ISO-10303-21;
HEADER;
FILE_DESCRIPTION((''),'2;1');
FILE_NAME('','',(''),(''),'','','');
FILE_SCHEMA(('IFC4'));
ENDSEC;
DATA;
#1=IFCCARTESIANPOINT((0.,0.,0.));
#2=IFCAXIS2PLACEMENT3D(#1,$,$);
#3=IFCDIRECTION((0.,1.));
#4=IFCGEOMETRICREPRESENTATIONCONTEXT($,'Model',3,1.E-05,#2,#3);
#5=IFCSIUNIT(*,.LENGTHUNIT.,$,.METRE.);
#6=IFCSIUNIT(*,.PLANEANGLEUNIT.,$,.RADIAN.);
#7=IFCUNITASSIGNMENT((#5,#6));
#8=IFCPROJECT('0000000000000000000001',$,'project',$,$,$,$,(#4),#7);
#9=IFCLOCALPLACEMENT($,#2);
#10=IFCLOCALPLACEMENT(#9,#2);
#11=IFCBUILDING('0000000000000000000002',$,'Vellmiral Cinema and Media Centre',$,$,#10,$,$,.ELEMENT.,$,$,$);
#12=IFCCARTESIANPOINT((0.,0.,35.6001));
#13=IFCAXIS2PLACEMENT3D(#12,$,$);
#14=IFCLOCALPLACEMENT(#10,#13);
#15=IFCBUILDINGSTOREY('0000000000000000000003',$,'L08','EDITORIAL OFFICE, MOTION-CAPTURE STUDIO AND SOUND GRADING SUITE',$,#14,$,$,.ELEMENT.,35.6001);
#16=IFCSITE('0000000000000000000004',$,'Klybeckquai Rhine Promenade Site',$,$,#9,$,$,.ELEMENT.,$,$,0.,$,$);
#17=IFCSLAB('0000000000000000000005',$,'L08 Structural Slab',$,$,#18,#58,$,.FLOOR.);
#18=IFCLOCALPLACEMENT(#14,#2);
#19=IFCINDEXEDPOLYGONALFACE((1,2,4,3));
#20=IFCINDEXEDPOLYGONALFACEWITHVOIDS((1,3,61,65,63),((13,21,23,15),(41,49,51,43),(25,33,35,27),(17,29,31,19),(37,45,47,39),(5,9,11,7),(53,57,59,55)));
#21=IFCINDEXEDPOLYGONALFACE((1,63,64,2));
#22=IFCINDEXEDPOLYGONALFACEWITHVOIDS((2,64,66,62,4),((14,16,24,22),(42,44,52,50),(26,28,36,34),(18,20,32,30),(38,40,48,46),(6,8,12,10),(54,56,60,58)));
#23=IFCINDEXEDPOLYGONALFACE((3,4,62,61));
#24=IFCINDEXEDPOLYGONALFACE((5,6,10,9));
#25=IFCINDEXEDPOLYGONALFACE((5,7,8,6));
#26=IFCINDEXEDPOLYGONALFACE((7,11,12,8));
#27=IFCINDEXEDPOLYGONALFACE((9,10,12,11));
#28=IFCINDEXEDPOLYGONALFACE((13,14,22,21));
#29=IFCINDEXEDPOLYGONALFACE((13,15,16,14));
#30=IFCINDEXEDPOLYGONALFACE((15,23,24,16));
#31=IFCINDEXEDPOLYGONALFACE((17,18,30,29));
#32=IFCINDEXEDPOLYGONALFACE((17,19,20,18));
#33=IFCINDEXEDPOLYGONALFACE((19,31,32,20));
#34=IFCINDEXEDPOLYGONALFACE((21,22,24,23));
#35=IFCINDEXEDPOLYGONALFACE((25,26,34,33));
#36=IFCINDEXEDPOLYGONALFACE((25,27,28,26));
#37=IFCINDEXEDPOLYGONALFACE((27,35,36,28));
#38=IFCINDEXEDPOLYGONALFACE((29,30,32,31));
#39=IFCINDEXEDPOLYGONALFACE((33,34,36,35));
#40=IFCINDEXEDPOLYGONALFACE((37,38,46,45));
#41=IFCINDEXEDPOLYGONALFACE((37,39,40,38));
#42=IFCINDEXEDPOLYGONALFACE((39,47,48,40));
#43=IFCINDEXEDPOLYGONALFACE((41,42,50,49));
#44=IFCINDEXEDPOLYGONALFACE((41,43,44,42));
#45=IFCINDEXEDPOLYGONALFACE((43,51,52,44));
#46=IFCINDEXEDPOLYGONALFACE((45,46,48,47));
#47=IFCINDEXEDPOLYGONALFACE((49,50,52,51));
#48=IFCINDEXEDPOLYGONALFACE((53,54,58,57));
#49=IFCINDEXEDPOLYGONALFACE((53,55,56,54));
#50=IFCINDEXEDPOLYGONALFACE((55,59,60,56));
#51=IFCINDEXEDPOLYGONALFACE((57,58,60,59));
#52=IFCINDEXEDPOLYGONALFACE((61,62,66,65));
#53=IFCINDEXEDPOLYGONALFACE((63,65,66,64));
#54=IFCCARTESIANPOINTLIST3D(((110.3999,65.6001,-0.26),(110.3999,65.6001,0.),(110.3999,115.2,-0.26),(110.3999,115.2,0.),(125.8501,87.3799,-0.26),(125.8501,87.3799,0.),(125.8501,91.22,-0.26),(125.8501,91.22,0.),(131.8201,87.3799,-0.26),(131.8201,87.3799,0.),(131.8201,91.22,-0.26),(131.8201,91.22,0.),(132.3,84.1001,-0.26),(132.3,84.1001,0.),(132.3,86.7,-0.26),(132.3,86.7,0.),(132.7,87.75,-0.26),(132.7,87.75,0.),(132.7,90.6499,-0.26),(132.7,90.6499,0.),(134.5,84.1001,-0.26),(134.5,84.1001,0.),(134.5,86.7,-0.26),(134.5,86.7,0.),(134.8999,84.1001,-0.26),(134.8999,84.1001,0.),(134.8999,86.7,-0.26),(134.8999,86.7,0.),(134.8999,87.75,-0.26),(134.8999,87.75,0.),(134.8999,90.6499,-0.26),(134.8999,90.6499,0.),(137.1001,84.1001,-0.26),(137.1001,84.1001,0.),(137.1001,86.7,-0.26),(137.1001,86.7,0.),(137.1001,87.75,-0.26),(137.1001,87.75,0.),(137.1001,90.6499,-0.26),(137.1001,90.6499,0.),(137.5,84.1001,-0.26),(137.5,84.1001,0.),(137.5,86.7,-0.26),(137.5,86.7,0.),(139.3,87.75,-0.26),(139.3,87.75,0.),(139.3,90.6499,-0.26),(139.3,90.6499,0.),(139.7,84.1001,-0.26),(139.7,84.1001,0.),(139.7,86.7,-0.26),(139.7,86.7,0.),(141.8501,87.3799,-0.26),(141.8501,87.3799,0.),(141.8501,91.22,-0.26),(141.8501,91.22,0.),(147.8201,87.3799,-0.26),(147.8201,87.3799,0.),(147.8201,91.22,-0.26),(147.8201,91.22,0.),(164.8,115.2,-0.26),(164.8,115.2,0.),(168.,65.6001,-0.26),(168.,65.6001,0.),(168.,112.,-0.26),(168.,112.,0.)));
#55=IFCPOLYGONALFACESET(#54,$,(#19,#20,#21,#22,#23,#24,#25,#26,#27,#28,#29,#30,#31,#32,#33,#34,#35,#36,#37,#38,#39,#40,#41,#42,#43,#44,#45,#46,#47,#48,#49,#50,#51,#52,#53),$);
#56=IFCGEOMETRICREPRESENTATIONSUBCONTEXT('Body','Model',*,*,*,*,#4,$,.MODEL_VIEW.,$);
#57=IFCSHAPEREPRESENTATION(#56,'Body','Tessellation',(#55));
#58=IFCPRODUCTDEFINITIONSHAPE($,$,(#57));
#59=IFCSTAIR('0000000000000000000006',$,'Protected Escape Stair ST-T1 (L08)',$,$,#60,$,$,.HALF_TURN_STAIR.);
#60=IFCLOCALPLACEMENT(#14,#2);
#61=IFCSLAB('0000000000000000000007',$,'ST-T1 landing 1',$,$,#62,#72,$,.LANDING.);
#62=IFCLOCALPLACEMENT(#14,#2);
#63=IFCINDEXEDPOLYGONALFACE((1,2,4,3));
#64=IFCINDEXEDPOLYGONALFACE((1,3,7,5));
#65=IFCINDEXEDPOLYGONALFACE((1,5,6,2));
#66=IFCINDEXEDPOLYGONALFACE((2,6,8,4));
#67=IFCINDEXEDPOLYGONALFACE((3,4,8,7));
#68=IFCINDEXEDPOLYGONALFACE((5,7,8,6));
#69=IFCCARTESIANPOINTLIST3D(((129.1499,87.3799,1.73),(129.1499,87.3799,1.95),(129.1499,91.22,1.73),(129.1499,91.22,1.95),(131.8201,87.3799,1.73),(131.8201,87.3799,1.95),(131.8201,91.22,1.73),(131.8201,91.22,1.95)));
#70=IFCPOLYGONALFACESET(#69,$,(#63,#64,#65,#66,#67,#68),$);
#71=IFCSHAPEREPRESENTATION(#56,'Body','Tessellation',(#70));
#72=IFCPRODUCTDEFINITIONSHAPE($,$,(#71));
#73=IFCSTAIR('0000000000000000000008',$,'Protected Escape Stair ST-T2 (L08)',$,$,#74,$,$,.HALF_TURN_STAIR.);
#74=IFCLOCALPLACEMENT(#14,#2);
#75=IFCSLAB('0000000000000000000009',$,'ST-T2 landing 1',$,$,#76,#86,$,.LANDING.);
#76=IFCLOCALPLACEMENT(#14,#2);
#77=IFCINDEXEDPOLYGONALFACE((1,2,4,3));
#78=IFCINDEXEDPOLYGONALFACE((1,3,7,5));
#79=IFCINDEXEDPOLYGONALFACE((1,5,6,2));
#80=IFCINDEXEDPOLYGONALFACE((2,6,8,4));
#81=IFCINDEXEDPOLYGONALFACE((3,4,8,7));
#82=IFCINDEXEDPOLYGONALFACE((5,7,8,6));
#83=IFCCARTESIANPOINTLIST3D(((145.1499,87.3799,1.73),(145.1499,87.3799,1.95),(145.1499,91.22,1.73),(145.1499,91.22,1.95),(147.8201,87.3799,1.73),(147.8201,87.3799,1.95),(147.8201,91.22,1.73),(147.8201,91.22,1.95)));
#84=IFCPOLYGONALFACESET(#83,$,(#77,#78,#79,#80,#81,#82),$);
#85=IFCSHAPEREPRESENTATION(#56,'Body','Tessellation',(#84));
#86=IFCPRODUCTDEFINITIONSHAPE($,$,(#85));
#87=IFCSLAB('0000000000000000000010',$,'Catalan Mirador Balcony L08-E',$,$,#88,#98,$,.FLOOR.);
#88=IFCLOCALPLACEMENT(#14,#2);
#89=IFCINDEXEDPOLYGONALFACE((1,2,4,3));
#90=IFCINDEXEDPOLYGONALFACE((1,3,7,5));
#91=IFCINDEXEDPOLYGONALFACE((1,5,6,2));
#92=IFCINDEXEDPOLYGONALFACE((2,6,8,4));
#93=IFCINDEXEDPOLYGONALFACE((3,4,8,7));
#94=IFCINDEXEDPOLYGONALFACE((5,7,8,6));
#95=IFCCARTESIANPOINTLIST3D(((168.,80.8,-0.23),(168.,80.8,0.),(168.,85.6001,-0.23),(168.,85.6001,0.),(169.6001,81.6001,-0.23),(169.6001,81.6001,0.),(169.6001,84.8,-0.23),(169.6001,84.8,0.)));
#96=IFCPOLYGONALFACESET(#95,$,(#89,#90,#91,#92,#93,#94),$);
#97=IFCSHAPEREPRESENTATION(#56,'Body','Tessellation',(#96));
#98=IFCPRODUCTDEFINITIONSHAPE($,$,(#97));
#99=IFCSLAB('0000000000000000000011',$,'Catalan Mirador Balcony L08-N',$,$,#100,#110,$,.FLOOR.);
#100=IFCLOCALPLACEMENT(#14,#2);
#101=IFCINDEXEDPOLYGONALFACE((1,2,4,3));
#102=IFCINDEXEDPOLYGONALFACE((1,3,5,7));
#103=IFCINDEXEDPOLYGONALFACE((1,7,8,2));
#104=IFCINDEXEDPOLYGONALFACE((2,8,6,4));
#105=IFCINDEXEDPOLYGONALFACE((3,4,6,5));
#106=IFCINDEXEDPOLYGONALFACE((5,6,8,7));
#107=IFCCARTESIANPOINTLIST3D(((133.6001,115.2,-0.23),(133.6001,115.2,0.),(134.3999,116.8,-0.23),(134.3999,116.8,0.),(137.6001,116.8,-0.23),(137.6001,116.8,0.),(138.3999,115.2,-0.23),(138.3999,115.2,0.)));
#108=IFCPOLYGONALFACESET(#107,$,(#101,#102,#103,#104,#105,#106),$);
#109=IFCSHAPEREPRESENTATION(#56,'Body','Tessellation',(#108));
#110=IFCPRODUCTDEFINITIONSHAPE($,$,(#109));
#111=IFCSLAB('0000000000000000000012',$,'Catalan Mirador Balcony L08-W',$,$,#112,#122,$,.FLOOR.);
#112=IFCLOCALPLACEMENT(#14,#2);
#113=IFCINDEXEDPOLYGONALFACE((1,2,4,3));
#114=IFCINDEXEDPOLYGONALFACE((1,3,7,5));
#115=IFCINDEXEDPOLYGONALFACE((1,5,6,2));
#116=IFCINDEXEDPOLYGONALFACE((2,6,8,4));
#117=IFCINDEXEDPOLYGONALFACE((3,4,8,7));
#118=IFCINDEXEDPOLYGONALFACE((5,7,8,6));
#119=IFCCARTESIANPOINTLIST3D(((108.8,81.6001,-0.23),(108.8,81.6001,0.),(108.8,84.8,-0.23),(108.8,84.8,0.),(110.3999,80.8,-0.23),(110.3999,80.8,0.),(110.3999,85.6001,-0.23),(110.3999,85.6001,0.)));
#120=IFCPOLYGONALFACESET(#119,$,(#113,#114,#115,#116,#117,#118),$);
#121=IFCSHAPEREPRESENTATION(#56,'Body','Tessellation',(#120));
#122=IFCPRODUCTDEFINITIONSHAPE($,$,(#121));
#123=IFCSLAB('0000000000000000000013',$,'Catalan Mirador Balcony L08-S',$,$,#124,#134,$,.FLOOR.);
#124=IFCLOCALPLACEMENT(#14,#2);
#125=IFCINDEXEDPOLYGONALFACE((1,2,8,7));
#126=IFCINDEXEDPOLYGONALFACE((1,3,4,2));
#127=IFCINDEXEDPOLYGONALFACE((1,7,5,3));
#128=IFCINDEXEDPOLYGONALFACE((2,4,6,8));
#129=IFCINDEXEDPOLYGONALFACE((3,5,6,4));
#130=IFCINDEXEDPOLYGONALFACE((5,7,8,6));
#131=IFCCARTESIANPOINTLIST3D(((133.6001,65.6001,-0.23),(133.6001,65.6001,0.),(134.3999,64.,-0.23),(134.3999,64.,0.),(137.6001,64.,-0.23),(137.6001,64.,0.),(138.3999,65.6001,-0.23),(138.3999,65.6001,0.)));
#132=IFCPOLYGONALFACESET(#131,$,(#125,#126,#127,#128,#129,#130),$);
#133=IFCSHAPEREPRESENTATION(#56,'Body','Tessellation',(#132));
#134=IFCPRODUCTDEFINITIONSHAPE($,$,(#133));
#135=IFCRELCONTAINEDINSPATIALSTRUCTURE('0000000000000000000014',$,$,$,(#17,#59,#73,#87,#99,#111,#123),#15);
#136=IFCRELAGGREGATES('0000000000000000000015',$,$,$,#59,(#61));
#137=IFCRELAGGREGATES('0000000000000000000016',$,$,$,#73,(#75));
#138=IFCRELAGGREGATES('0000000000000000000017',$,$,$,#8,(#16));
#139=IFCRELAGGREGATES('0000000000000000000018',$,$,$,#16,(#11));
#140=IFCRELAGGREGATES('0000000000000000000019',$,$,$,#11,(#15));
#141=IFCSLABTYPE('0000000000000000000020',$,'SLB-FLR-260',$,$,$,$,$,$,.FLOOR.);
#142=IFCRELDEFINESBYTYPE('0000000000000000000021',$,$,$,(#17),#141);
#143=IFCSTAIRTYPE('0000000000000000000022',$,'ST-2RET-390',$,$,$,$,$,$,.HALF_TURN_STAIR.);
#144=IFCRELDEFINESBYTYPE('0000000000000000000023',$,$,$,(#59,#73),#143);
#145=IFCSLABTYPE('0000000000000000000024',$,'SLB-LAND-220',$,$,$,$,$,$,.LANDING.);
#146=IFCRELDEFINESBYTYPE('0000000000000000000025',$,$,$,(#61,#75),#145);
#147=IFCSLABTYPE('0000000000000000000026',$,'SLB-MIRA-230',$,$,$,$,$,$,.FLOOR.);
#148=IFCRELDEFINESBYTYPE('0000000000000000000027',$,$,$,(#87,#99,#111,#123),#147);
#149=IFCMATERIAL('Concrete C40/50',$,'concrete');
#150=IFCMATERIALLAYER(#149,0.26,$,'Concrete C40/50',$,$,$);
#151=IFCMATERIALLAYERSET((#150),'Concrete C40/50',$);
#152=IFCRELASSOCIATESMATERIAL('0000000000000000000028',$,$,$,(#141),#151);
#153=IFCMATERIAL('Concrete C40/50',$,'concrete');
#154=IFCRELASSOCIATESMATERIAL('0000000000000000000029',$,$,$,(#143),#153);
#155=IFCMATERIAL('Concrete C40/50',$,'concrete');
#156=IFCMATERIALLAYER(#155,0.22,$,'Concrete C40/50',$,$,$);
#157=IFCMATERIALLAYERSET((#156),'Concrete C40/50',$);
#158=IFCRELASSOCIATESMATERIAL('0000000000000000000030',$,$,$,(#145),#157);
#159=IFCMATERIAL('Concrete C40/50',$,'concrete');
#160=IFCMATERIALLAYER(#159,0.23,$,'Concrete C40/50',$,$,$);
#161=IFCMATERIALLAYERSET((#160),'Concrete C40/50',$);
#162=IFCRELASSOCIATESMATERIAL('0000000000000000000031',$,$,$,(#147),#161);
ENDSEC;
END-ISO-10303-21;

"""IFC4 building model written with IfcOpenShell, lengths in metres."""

from ifc_helpers import new_model, si_unit, direction, frame, origin, place, context, subcontext, project, spatial, polyline, outline, extrude, material, layer, layer_set, type_object, element, aggregate, save


model = new_model("IFC4")

# Units and contexts
model_context = context("Model", 3, precision=1e-05, world=origin(), true_north=direction((0.0, 1.0)))
body_context = subcontext(model_context, "Body", "Model", "MODEL_VIEW")
ifc_project = project(units=[si_unit("LENGTHUNIT", "METRE"), si_unit("PLANEANGLEUNIT", "RADIAN")], contexts=[model_context])

# Site, building, storey
site_placement = place(None, origin())
site = spatial("IfcSite", under=ifc_project, at=site_placement, Name="Klybeckquai Rhine Promenade Site", CompositionType="ELEMENT", RefElevation=0.0)
building_placement = place(site_placement, origin())
building = spatial("IfcBuilding", under=site, at=building_placement, Name="Vellmiral Cinema and Media Centre", CompositionType="ELEMENT")
storey_placement = place(building_placement, frame((0.0, 0.0, 35.6001)))
storey = spatial("IfcBuildingStorey", under=building, at=storey_placement, Name="L08", Description="EDITORIAL OFFICE, MOTION-CAPTURE STUDIO AND SOUND GRADING SUITE", CompositionType="ELEMENT", Elevation=35.6001)

# Slab
ifc_material_1 = material(Name="Concrete C40/50", Category="concrete")
ifc_layer_1 = layer(ifc_material_1, 0.26, Name="Concrete C40/50")
ifc_layer_set_1 = layer_set([ifc_layer_1], Name="Concrete C40/50")
slab_type_1 = type_object("IfcSlabType", Name="SLB-FLR-260", PredefinedType="FLOOR", material=ifc_layer_set_1)
slab_1_placement = place(storey_placement, frame((0.0, 0.0, -0.26)))
element("IfcSlab", 1, at=slab_1_placement, inside=storey, type_object=slab_type_1, Name="L08 Structural Slab", PredefinedType="FLOOR", context=body_context, shape_type="SweptSolid", body=[
    extrude(outline(polyline([(110.3999, 65.6001), (168.0, 65.6001), (168.0, 112.0), (164.8, 115.2), (110.3999, 115.2), (110.3999, 65.6001)]), holes=[polyline([(125.8501, 87.3799), (131.8201, 87.3799), (131.8201, 91.22), (125.8501, 91.22), (125.8501, 87.3799)]), polyline([(141.8501, 87.3799), (147.8201, 87.3799), (147.8201, 91.22), (141.8501, 91.22), (141.8501, 87.3799)]), polyline([(132.7, 87.75), (134.8999, 87.75), (134.8999, 90.6499), (132.7, 90.6499), (132.7, 87.75)]), polyline([(137.1001, 87.75), (139.3, 87.75), (139.3, 90.6499), (137.1001, 90.6499), (137.1001, 87.75)]), polyline([(132.3, 84.1001), (134.5, 84.1001), (134.5, 86.7), (132.3, 86.7), (132.3, 84.1001)]), polyline([(134.8999, 84.1001), (137.1001, 84.1001), (137.1001, 86.7), (134.8999, 86.7), (134.8999, 84.1001)]), polyline([(137.5, 84.1001), (139.7, 84.1001), (139.7, 86.7), (137.5, 86.7), (137.5, 84.1001)])]), origin(), (0.0, 0.0, 1.0), 0.26),
])

# Stairs, slabs
ifc_material_2 = material(Name="Concrete C40/50", Category="concrete")
stair_type = type_object("IfcStairType", Name="ST-2RET-390", PredefinedType="HALF_TURN_STAIR", material=ifc_material_2)
stair_1_placement = place(storey_placement, origin())
stair_1 = element("IfcStair", 2, at=stair_1_placement, inside=storey, type_object=stair_type, Name="Protected Escape Stair ST-T1 (L08)", PredefinedType="HALF_TURN_STAIR")
ifc_material_3 = material(Name="Concrete C40/50", Category="concrete")
ifc_layer_2 = layer(ifc_material_3, 0.22, Name="Concrete C40/50")
ifc_layer_set_2 = layer_set([ifc_layer_2], Name="Concrete C40/50")
slab_type_2 = type_object("IfcSlabType", Name="SLB-LAND-220", PredefinedType="LANDING", material=ifc_layer_set_2)
slab_2_placement = place(storey_placement, frame((0.0, 0.0, 1.73)))
slab_2 = element("IfcSlab", 3, at=slab_2_placement, type_object=slab_type_2, Name="ST-T1 landing 1", PredefinedType="LANDING", context=body_context, shape_type="SweptSolid", body=[
    extrude(outline(polyline([(129.1499, 87.3799), (131.8201, 87.3799), (131.8201, 91.22), (129.1499, 91.22), (129.1499, 87.3799)])), origin(), (0.0, 0.0, 1.0), 0.22),
])
aggregate(stair_1, [slab_2])
stair_2_placement = place(storey_placement, origin())
stair_2 = element("IfcStair", 4, at=stair_2_placement, inside=storey, type_object=stair_type, Name="Protected Escape Stair ST-T2 (L08)", PredefinedType="HALF_TURN_STAIR")
slab_3_placement = place(storey_placement, frame((0.0, 0.0, 1.73)))
slab_3 = element("IfcSlab", 5, at=slab_3_placement, type_object=slab_type_2, Name="ST-T2 landing 1", PredefinedType="LANDING", context=body_context, shape_type="SweptSolid", body=[
    extrude(outline(polyline([(145.1499, 87.3799), (147.8201, 87.3799), (147.8201, 91.22), (145.1499, 91.22), (145.1499, 87.3799)])), origin(), (0.0, 0.0, 1.0), 0.22),
])
aggregate(stair_2, [slab_3])

# Slabs
ifc_material_4 = material(Name="Concrete C40/50", Category="concrete")
ifc_layer_3 = layer(ifc_material_4, 0.23, Name="Concrete C40/50")
ifc_layer_set_3 = layer_set([ifc_layer_3], Name="Concrete C40/50")
slab_type_3 = type_object("IfcSlabType", Name="SLB-MIRA-230", PredefinedType="FLOOR", material=ifc_layer_set_3)
slab_4_placement = place(storey_placement, frame((0.0, 0.0, -0.23)))
element("IfcSlab", 6, at=slab_4_placement, inside=storey, type_object=slab_type_3, Name="Catalan Mirador Balcony L08-E", PredefinedType="FLOOR", context=body_context, shape_type="SweptSolid", body=[
    extrude(outline(polyline([(168.0, 80.8), (169.6001, 81.6001), (169.6001, 84.8), (168.0, 85.6001), (168.0, 80.8)])), origin(), (0.0, 0.0, 1.0), 0.23),
])
slab_5_placement = place(storey_placement, frame((0.0, 0.0, -0.23)))
element("IfcSlab", 7, at=slab_5_placement, inside=storey, type_object=slab_type_3, Name="Catalan Mirador Balcony L08-N", PredefinedType="FLOOR", context=body_context, shape_type="SweptSolid", body=[
    extrude(outline(polyline([(133.6001, 115.2), (138.3999, 115.2), (137.6001, 116.8), (134.3999, 116.8), (133.6001, 115.2)])), origin(), (0.0, 0.0, 1.0), 0.23),
])
slab_6_placement = place(storey_placement, frame((0.0, 0.0, -0.23)))
element("IfcSlab", 8, at=slab_6_placement, inside=storey, type_object=slab_type_3, Name="Catalan Mirador Balcony L08-W", PredefinedType="FLOOR", context=body_context, shape_type="SweptSolid", body=[
    extrude(outline(polyline([(110.3999, 80.8), (110.3999, 85.6001), (108.8, 84.8), (108.8, 81.6001), (110.3999, 80.8)])), origin(), (0.0, 0.0, 1.0), 0.23),
])
slab_7_placement = place(storey_placement, frame((0.0, 0.0, -0.23)))
element("IfcSlab", 9, at=slab_7_placement, inside=storey, type_object=slab_type_3, Name="Catalan Mirador Balcony L08-S", PredefinedType="FLOOR", context=body_context, shape_type="SweptSolid", body=[
    extrude(outline(polyline([(133.6001, 65.6001), (134.3999, 64.0), (137.6001, 64.0), (138.3999, 65.6001), (133.6001, 65.6001)])), origin(), (0.0, 0.0, 1.0), 0.23),
])

save(model, "model.ifc")
